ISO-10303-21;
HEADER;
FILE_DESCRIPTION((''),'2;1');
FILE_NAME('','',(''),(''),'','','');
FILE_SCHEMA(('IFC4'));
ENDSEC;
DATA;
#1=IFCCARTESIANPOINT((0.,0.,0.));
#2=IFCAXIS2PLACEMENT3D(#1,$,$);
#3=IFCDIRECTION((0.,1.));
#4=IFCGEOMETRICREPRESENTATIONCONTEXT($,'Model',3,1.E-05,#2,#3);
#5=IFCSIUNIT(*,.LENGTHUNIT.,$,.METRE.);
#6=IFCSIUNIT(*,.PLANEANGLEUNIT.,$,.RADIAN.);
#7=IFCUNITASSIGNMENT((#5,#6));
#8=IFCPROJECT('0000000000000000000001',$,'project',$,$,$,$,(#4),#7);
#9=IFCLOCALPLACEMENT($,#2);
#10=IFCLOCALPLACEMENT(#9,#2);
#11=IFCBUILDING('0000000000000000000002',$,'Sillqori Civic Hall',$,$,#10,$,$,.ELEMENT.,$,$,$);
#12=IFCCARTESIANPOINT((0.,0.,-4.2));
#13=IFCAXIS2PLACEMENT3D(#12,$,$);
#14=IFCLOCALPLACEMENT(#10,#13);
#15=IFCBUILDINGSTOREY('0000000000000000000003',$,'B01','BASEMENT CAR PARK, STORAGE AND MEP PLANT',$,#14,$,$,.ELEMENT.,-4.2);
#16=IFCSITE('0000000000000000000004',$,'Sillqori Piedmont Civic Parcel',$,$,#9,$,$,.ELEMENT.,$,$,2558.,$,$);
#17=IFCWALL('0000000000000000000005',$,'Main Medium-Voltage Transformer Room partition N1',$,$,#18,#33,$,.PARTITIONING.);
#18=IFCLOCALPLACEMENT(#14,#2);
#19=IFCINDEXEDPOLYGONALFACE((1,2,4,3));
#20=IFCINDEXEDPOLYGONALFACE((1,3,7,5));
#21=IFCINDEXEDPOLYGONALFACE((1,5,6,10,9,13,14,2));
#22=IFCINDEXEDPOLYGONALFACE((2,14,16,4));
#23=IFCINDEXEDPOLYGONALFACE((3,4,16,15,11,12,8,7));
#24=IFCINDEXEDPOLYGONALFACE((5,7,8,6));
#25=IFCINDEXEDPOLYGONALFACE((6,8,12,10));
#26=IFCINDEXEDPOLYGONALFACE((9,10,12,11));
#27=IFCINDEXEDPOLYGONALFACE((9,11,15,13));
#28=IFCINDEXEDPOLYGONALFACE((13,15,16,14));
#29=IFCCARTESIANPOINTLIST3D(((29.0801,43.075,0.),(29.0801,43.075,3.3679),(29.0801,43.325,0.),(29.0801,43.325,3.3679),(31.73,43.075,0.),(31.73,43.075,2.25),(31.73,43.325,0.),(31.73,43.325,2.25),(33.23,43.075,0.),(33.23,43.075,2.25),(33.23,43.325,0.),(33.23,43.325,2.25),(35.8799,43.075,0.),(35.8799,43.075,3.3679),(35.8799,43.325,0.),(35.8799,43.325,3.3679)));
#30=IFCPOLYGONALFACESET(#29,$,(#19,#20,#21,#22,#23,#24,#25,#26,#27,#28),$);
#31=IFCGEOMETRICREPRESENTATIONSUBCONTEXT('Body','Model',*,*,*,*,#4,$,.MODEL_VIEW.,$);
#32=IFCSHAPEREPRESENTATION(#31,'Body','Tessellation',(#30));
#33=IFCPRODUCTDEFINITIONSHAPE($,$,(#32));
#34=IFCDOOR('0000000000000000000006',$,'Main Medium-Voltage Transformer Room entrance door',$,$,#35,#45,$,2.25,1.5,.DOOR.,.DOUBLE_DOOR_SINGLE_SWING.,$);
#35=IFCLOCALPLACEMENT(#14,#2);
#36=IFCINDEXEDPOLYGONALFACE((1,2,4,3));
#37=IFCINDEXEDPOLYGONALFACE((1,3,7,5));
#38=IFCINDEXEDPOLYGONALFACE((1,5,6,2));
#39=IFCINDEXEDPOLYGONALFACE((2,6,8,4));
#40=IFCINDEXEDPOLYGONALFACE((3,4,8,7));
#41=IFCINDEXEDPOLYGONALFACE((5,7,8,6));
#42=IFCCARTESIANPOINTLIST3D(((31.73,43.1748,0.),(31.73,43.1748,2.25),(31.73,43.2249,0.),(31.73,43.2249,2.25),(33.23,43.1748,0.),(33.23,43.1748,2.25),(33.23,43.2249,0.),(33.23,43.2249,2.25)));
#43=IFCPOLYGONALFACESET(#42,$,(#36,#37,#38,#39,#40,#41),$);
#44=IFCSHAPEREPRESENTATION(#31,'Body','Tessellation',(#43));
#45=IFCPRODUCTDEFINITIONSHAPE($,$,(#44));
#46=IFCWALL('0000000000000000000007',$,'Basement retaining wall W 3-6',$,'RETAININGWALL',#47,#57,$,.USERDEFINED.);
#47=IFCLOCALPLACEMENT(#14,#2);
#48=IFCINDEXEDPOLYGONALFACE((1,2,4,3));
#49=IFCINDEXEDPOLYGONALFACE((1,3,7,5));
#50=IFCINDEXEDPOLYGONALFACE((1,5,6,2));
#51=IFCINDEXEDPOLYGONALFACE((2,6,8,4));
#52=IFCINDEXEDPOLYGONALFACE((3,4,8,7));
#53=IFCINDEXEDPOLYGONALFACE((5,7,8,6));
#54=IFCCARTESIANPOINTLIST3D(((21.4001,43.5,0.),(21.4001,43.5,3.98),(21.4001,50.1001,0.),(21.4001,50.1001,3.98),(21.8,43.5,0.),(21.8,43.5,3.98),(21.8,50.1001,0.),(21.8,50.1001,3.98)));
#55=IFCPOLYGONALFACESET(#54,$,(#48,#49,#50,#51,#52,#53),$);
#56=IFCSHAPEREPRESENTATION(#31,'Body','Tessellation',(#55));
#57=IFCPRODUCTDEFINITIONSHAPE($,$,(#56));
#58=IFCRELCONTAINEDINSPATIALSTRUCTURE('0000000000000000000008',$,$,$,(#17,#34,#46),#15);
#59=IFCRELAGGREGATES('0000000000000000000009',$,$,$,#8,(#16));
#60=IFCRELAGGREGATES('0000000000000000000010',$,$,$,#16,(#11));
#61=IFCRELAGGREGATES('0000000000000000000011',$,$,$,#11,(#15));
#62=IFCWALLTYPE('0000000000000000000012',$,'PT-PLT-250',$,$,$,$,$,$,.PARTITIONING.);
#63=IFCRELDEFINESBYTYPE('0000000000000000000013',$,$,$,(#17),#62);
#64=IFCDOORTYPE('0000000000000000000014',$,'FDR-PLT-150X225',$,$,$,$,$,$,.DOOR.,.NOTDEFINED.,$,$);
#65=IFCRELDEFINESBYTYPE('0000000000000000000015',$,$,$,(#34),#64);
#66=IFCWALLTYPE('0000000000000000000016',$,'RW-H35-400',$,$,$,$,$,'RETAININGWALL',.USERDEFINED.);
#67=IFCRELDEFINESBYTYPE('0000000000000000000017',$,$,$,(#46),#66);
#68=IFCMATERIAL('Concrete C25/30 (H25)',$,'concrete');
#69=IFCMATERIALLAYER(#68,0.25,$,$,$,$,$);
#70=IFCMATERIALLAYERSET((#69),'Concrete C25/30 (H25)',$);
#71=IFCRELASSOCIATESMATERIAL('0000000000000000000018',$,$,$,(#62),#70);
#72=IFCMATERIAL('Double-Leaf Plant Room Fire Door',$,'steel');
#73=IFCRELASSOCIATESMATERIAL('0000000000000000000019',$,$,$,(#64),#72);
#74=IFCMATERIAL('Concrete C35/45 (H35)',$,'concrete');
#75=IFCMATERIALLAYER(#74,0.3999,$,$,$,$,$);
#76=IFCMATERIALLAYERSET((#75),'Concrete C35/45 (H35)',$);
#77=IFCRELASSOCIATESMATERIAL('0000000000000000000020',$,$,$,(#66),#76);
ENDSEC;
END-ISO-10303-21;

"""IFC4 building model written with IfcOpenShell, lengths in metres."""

from ifc_helpers import new_model, si_unit, direction, frame, frame_2d, origin, place, context, subcontext, project, spatial, rectangle, extrude, material, layer, layer_set, type_object, element, fill, save


model = new_model("IFC4")

# Units and contexts
model_context = context("Model", 3, precision=1e-05, world=origin(), true_north=direction((0.0, 1.0)))
body_context = subcontext(model_context, "Body", "Model", "MODEL_VIEW")
ifc_project = project(units=[si_unit("LENGTHUNIT", "METRE"), si_unit("PLANEANGLEUNIT", "RADIAN")], contexts=[model_context])

# Site, building, storey
site_placement = place(None, origin())
site = spatial("IfcSite", under=ifc_project, at=site_placement, Name="Sillqori Piedmont Civic Parcel", CompositionType="ELEMENT", RefElevation=2558.0)
building_placement = place(site_placement, origin())
building = spatial("IfcBuilding", under=site, at=building_placement, Name="Sillqori Civic Hall", CompositionType="ELEMENT")
storey_placement = place(building_placement, frame((0.0, 0.0, -4.2)))
storey = spatial("IfcBuildingStorey", under=building, at=storey_placement, Name="B01", Description="BASEMENT CAR PARK, STORAGE AND MEP PLANT", CompositionType="ELEMENT", Elevation=-4.2)

# Shared definitions
ifc_material_1 = material(Name="Concrete C35/45 (H35)", Category="concrete")

# Wall, opening, door
ifc_material_2 = material(Name="Concrete C25/30 (H25)", Category="concrete")
ifc_layer_1 = layer(ifc_material_2, 0.25)
ifc_layer_set_1 = layer_set([ifc_layer_1], Name="Concrete C25/30 (H25)")
wall_type_1 = type_object("IfcWallType", Name="PT-PLT-250", PredefinedType="PARTITIONING", material=ifc_layer_set_1)
wall_1_placement = place(storey_placement, frame((29.0801, 43.2, 0.0), z_axis=(0.0, 0.0, 1.0), x_axis=(1.0, 0.0, 0.0)))
wall_1 = element("IfcWall", 1, at=wall_1_placement, inside=storey, type_object=wall_type_1, Name="Main Medium-Voltage Transformer Room partition N1", PredefinedType="PARTITIONING", context=body_context, shape_type="SweptSolid", body=[
    extrude(rectangle(XDim=6.7998, YDim=0.25, at=frame_2d((3.3999, 0.0))), origin(), (0.0, 0.0, 1.0), 3.3679),
])
opening_placement = place(wall_1_placement, frame((2.6499, 0.0, 0.0)))
opening = element("IfcOpeningElement", 2, at=opening_placement, cuts=wall_1, PredefinedType="OPENING", context=body_context, shape_type="SweptSolid", body=[
    extrude(rectangle(XDim=1.5, YDim=2.25, at=frame_2d((0.75, 1.125))), frame((0.0, 0.135, 0.0), z_axis=(0.0, -1.0, 0.0), x_axis=(1.0, 0.0, 0.0)), (0.0, 0.0, 1.0), 0.27),
])
ifc_material_3 = material(Name="Double-Leaf Plant Room Fire Door", Category="steel")
door_type = type_object("IfcDoorType", Name="FDR-PLT-150X225", OperationType="NOTDEFINED", PredefinedType="DOOR", material=ifc_material_3)
door_placement = place(opening_placement, origin())
door = element("IfcDoor", 3, at=door_placement, inside=storey, type_object=door_type, Name="Main Medium-Voltage Transformer Room entrance door", OperationType="DOUBLE_DOOR_SINGLE_SWING", OverallHeight=2.25, OverallWidth=1.5, PredefinedType="DOOR", context=body_context, shape_type="SweptSolid", body=[
    extrude(rectangle(XDim=1.5, YDim=2.25, at=frame_2d((0.75, 1.125))), frame((0.0, 0.0249, 0.0), z_axis=(0.0, -1.0, 0.0), x_axis=(1.0, 0.0, 0.0)), (0.0, 0.0, 1.0), 0.05),
])
fill(opening, door)

# Wall
ifc_layer_2 = layer(ifc_material_1, 0.3999)
ifc_layer_set_2 = layer_set([ifc_layer_2], Name="Concrete C35/45 (H35)")
wall_type_2 = type_object("IfcWallType", Name="RW-H35-400", ElementType="RETAININGWALL", PredefinedType="USERDEFINED", material=ifc_layer_set_2)
wall_2_placement = place(storey_placement, frame((21.6001, 43.5, 0.0), z_axis=(0.0, 0.0, 1.0), x_axis=(0.0, 1.0, 0.0)))
element("IfcWall", 4, at=wall_2_placement, inside=storey, type_object=wall_type_2, Name="Basement retaining wall W 3-6", ObjectType="RETAININGWALL", PredefinedType="USERDEFINED", context=body_context, shape_type="SweptSolid", body=[
    extrude(rectangle(XDim=6.6001, YDim=0.3999, at=frame_2d((3.3, 0.0))), origin(), (0.0, 0.0, 1.0), 3.98),
])

save(model, "model.ifc")
